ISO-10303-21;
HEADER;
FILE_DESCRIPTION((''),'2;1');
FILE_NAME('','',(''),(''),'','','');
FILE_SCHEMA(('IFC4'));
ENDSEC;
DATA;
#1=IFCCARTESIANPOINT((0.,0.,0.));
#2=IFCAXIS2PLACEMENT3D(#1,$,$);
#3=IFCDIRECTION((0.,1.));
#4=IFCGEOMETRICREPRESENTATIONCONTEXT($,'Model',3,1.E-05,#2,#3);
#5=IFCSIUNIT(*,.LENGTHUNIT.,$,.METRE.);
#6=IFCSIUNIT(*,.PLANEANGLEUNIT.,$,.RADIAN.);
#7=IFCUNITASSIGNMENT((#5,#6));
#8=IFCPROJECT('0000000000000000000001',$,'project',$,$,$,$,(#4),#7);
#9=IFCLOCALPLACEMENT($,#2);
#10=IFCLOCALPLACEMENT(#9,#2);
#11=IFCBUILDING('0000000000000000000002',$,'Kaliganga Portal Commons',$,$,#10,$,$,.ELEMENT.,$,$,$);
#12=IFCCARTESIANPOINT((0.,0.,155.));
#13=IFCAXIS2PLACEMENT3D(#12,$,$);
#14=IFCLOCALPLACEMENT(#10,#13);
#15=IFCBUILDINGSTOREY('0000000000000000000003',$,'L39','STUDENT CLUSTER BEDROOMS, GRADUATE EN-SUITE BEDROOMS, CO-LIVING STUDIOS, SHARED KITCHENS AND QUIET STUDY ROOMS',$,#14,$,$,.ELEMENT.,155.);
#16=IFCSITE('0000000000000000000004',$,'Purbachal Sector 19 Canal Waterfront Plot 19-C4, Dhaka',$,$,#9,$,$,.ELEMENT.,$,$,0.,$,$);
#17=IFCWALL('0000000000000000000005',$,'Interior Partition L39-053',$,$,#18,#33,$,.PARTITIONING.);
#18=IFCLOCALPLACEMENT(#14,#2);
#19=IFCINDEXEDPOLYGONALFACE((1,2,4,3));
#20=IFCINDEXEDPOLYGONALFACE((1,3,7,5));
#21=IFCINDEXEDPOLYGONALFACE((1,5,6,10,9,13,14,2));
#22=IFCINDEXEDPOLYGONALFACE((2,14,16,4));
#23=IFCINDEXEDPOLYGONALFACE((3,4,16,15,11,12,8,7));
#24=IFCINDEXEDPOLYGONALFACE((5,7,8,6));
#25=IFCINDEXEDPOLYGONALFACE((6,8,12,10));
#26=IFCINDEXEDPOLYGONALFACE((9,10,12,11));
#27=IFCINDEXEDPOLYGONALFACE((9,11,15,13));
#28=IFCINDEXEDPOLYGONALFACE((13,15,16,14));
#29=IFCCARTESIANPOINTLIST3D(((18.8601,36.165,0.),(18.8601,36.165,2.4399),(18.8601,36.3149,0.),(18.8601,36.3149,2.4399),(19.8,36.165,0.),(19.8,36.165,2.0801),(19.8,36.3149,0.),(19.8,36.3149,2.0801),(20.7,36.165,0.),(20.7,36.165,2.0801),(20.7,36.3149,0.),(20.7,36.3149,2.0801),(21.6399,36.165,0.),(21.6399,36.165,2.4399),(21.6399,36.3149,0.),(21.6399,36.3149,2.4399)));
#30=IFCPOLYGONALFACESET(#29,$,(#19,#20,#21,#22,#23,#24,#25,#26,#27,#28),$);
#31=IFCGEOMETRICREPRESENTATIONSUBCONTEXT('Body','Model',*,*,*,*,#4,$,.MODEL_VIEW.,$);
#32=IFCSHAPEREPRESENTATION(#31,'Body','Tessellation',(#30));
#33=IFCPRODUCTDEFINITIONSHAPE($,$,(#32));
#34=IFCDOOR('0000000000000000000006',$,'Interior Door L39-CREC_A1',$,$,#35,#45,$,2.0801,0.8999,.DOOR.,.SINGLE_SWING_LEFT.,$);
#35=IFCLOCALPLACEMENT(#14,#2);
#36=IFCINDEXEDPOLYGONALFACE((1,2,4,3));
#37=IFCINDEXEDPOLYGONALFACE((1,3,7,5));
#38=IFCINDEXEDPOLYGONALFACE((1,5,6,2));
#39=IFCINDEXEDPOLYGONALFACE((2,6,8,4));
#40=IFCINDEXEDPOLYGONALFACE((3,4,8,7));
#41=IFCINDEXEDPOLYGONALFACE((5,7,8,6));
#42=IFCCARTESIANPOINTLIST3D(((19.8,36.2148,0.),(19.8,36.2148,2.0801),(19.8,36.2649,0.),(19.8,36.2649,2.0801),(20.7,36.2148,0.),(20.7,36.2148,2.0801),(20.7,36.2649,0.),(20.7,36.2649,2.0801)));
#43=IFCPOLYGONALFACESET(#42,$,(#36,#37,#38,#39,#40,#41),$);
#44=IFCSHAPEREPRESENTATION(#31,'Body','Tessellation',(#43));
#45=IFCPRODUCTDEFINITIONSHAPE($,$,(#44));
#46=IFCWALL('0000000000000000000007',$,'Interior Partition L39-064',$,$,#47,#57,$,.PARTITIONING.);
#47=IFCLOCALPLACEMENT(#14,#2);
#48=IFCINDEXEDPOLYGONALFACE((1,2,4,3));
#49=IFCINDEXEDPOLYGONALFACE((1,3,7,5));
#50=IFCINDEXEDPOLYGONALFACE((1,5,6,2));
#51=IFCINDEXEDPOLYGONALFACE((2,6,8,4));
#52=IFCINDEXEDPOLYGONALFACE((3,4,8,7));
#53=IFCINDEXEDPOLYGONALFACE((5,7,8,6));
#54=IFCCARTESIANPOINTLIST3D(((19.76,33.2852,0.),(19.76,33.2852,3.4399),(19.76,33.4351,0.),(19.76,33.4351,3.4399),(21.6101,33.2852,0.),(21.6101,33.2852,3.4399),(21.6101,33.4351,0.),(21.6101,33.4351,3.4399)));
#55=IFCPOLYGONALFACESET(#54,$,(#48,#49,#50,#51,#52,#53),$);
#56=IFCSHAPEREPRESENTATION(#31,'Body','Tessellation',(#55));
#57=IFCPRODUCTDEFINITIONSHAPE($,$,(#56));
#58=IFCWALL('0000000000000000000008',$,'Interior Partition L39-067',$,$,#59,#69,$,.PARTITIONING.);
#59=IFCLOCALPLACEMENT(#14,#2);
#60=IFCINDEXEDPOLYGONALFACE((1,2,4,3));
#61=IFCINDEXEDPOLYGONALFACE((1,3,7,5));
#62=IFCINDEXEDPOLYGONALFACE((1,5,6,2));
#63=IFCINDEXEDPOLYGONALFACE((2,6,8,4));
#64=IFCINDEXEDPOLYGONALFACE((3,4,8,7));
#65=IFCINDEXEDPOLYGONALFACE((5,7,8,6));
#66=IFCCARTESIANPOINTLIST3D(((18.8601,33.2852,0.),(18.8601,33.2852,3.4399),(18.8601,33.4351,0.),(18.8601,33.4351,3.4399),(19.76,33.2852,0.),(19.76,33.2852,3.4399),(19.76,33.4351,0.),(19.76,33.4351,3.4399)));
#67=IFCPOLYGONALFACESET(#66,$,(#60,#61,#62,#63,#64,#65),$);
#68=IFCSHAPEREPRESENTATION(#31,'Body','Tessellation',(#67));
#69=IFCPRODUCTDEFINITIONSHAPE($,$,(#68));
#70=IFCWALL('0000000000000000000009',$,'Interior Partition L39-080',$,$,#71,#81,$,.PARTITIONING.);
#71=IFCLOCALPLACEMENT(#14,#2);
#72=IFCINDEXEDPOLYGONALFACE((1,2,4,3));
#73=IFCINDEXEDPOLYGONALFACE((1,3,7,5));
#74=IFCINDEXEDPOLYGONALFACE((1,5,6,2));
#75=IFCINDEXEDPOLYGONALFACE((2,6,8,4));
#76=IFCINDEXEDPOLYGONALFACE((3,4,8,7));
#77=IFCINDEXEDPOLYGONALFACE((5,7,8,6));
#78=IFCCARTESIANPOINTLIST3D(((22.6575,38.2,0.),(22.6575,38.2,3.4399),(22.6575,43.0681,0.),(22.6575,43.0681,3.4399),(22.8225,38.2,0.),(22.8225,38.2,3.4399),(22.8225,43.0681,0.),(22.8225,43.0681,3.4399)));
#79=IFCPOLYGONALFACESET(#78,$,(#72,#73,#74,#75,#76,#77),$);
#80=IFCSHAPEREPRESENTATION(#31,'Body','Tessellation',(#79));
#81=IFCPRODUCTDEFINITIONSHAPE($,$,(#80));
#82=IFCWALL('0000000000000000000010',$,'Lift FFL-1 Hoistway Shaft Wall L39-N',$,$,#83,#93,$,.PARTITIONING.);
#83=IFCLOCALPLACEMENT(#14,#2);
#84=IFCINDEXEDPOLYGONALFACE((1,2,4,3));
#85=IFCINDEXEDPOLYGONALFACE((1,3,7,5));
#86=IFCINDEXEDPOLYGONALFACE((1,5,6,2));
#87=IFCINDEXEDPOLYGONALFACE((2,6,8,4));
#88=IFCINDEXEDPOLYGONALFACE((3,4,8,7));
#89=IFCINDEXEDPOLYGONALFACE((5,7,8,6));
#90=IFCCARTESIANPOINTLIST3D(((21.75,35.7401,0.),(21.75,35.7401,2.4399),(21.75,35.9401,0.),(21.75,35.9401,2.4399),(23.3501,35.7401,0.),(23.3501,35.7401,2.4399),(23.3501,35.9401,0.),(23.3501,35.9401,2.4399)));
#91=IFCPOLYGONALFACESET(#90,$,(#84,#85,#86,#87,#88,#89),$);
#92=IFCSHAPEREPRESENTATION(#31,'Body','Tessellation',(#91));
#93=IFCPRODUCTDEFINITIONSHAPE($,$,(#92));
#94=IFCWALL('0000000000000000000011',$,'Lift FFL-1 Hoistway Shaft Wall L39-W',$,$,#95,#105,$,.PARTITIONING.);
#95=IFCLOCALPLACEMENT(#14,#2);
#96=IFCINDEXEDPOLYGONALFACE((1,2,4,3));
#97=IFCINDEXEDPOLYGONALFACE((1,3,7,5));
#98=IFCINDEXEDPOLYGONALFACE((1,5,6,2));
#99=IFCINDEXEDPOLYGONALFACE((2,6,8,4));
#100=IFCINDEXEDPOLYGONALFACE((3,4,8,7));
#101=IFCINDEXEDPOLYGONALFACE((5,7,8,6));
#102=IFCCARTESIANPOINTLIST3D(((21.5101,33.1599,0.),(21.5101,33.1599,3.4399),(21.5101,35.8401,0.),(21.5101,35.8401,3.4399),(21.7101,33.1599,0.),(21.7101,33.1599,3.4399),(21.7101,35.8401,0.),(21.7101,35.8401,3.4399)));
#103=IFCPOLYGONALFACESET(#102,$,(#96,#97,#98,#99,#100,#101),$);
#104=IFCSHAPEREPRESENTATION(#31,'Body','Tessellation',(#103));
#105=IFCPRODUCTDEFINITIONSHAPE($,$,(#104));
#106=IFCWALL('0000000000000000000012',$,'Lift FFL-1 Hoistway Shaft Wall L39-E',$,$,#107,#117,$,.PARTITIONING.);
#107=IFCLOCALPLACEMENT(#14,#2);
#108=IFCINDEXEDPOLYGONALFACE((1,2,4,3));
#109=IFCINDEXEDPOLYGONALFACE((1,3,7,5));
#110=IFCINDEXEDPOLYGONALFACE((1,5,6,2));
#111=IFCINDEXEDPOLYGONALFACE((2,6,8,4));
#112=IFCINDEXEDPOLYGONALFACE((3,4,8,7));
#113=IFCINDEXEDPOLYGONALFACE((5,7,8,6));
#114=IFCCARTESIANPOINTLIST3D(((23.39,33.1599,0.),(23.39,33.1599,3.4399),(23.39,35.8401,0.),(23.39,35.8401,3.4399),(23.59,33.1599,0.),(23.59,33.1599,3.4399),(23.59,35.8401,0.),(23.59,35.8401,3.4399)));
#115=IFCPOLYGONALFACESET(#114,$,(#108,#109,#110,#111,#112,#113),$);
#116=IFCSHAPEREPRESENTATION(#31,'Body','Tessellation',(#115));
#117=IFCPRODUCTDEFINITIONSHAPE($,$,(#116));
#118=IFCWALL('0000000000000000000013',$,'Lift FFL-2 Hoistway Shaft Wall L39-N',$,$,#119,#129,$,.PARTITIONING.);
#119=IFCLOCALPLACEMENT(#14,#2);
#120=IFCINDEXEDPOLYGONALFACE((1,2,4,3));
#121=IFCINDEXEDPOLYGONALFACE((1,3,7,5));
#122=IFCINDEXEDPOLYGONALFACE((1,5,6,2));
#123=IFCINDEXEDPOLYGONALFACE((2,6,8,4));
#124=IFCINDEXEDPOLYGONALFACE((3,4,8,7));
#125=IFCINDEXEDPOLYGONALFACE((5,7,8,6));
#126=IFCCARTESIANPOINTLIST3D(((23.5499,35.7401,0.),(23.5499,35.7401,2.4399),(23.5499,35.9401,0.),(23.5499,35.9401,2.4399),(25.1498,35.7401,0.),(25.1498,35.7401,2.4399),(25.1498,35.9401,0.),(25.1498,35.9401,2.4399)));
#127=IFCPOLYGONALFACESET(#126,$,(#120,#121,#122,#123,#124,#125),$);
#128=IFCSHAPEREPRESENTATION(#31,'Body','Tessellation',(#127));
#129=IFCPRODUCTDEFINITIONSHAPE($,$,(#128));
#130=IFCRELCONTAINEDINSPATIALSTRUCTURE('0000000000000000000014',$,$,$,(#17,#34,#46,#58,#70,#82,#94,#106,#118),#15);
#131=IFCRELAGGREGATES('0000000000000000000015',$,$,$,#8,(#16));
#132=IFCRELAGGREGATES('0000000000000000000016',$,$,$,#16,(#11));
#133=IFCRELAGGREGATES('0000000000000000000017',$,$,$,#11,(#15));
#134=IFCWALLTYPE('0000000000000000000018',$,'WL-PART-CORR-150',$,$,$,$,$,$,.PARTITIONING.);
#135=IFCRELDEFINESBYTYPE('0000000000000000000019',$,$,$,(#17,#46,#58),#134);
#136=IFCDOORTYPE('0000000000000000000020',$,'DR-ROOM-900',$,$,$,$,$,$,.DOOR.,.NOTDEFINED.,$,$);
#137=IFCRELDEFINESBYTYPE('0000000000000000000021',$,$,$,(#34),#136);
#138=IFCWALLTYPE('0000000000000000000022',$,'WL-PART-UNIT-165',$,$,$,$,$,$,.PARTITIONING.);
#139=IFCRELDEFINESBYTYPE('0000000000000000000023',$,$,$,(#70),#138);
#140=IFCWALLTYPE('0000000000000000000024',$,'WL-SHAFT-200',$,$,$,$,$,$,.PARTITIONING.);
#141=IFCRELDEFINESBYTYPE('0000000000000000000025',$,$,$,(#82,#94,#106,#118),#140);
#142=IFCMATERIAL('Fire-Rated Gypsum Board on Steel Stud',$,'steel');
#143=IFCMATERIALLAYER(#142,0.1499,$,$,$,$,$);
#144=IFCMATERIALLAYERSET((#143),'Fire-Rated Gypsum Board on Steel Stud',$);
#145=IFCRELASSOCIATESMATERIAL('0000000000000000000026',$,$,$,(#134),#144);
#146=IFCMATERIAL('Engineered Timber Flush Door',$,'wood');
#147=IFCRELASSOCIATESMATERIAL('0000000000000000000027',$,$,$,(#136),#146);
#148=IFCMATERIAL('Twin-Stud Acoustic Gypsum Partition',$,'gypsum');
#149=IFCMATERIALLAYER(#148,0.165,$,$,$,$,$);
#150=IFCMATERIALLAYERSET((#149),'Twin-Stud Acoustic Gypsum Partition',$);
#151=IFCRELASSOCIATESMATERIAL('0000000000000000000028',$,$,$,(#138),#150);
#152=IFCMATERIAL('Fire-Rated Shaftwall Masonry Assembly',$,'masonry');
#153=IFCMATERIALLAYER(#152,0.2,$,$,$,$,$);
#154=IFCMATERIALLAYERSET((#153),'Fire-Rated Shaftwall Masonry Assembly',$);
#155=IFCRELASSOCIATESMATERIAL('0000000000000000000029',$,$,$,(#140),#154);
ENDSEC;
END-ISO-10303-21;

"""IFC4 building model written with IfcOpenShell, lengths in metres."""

from ifc_helpers import new_model, si_unit, direction, frame, frame_2d, origin, place, context, subcontext, project, spatial, rectangle, extrude, material, layer, layer_set, type_object, element, fill, save


model = new_model("IFC4")

# Units and contexts
model_context = context("Model", 3, precision=1e-05, world=origin(), true_north=direction((0.0, 1.0)))
body_context = subcontext(model_context, "Body", "Model", "MODEL_VIEW")
ifc_project = project(units=[si_unit("LENGTHUNIT", "METRE"), si_unit("PLANEANGLEUNIT", "RADIAN")], contexts=[model_context])

# Site, building, storey
site_placement = place(None, origin())
site = spatial("IfcSite", under=ifc_project, at=site_placement, Name="Purbachal Sector 19 Canal Waterfront Plot 19-C4, Dhaka", CompositionType="ELEMENT", RefElevation=0.0)
building_placement = place(site_placement, origin())
building = spatial("IfcBuilding", under=site, at=building_placement, Name="Kaliganga Portal Commons", CompositionType="ELEMENT")
storey_placement = place(building_placement, frame((0.0, 0.0, 155.0)))
storey = spatial("IfcBuildingStorey", under=building, at=storey_placement, Name="L39", Description="STUDENT CLUSTER BEDROOMS, GRADUATE EN-SUITE BEDROOMS, CO-LIVING STUDIOS, SHARED KITCHENS AND QUIET STUDY ROOMS", CompositionType="ELEMENT", Elevation=155.0)

# Shared definitions
ifc_material_1 = material(Name="Fire-Rated Gypsum Board on Steel Stud", Category="steel")
ifc_layer_1 = layer(ifc_material_1, 0.1499)
ifc_layer_set_1 = layer_set([ifc_layer_1], Name="Fire-Rated Gypsum Board on Steel Stud")
wall_type_1 = type_object("IfcWallType", Name="WL-PART-CORR-150", PredefinedType="PARTITIONING", material=ifc_layer_set_1)
ifc_material_2 = material(Name="Engineered Timber Flush Door", Category="wood")
door_type_1 = type_object("IfcDoorType", Name="DR-ROOM-900", OperationType="NOTDEFINED", PredefinedType="DOOR", material=ifc_material_2)

# Wall, opening, door
wall_1_placement = place(storey_placement, frame((18.8601, 36.24, 0.0), z_axis=(0.0, 0.0, 1.0), x_axis=(1.0, 0.0, 0.0)))
wall_1 = element("IfcWall", 1, at=wall_1_placement, inside=storey, type_object=wall_type_1, Name="Interior Partition L39-053", PredefinedType="PARTITIONING", context=body_context, shape_type="SweptSolid", body=[
    extrude(rectangle(XDim=2.7798, YDim=0.1499, at=frame_2d((1.3899, 0.0))), origin(), (0.0, 0.0, 1.0), 2.4399),
])
opening_1_placement = place(wall_1_placement, frame((0.9399, 0.0, 0.0)))
opening_1 = element("IfcOpeningElement", 2, at=opening_1_placement, cuts=wall_1, PredefinedType="OPENING", context=body_context, shape_type="SweptSolid", body=[
    extrude(rectangle(XDim=0.8999, YDim=2.0801, at=frame_2d((0.45, 1.04))), frame((0.0, 0.085, 0.0), z_axis=(0.0, -1.0, 0.0), x_axis=(1.0, 0.0, 0.0)), (0.0, 0.0, 1.0), 0.1699),
])
door_1_placement = place(opening_1_placement, origin())
door_1 = element("IfcDoor", 3, at=door_1_placement, inside=storey, type_object=door_type_1, Name="Interior Door L39-CREC_A1", OperationType="SINGLE_SWING_LEFT", OverallHeight=2.0801, OverallWidth=0.8999, PredefinedType="DOOR", context=body_context, shape_type="SweptSolid", body=[
    extrude(rectangle(XDim=0.8999, YDim=2.0801, at=frame_2d((0.45, 1.04))), frame((0.0, 0.0249, 0.0), z_axis=(0.0, -1.0, 0.0), x_axis=(1.0, 0.0, 0.0)), (0.0, 0.0, 1.0), 0.05),
])
fill(opening_1, door_1)

# Walls
wall_2_placement = place(storey_placement, frame((19.76, 33.3601, 0.0), z_axis=(0.0, 0.0, 1.0), x_axis=(1.0, 0.0, 0.0)))
element("IfcWall", 4, at=wall_2_placement, inside=storey, type_object=wall_type_1, Name="Interior Partition L39-064", PredefinedType="PARTITIONING", context=body_context, shape_type="SweptSolid", body=[
    extrude(rectangle(XDim=1.8501, YDim=0.1499, at=frame_2d((0.925, 0.0))), origin(), (0.0, 0.0, 1.0), 3.4399),
])
wall_3_placement = place(storey_placement, frame((18.8601, 33.3601, 0.0), z_axis=(0.0, 0.0, 1.0), x_axis=(1.0, 0.0, 0.0)))
element("IfcWall", 5, at=wall_3_placement, inside=storey, type_object=wall_type_1, Name="Interior Partition L39-067", PredefinedType="PARTITIONING", context=body_context, shape_type="SweptSolid", body=[
    extrude(rectangle(XDim=0.8999, YDim=0.1499, at=frame_2d((0.45, 0.0))), origin(), (0.0, 0.0, 1.0), 3.4399),
])
ifc_material_3 = material(Name="Twin-Stud Acoustic Gypsum Partition", Category="gypsum")
ifc_layer_2 = layer(ifc_material_3, 0.165)
ifc_layer_set_2 = layer_set([ifc_layer_2], Name="Twin-Stud Acoustic Gypsum Partition")
wall_type_2 = type_object("IfcWallType", Name="WL-PART-UNIT-165", PredefinedType="PARTITIONING", material=ifc_layer_set_2)
wall_4_placement = place(storey_placement, frame((22.74, 38.2, 0.0), z_axis=(0.0, 0.0, 1.0), x_axis=(0.0, 1.0, 0.0)))
element("IfcWall", 6, at=wall_4_placement, inside=storey, type_object=wall_type_2, Name="Interior Partition L39-080", PredefinedType="PARTITIONING", context=body_context, shape_type="SweptSolid", body=[
    extrude(rectangle(XDim=4.8682, YDim=0.165, at=frame_2d((2.4341, 0.0))), origin(), (0.0, 0.0, 1.0), 3.4399),
])

# Shared definitions
ifc_material_4 = material(Name="Fire-Rated Shaftwall Masonry Assembly", Category="masonry")
ifc_layer_3 = layer(ifc_material_4, 0.2)
ifc_layer_set_3 = layer_set([ifc_layer_3], Name="Fire-Rated Shaftwall Masonry Assembly")
wall_type_3 = type_object("IfcWallType", Name="WL-SHAFT-200", PredefinedType="PARTITIONING", material=ifc_layer_set_3)

# Walls
wall_5_placement = place(storey_placement, frame((21.75, 35.8401, 0.0), z_axis=(0.0, 0.0, 1.0), x_axis=(1.0, 0.0, 0.0)))
element("IfcWall", 7, at=wall_5_placement, inside=storey, type_object=wall_type_3, Name="Lift FFL-1 Hoistway Shaft Wall L39-N", PredefinedType="PARTITIONING", context=body_context, shape_type="SweptSolid", body=[
    extrude(rectangle(XDim=1.6001, YDim=0.2, at=frame_2d((0.8, 0.0))), origin(), (0.0, 0.0, 1.0), 2.4399),
])
for number, where, z_axis, x_axis, name in (
    (8, (21.6101, 33.1599, 0.0), (0.0, 0.0, 1.0), (0.0, 1.0, 0.0), "Lift FFL-1 Hoistway Shaft Wall L39-W"),
    (9, (23.49, 33.1599, 0.0), (0.0, 0.0, 1.0), (0.0, 1.0, 0.0), "Lift FFL-1 Hoistway Shaft Wall L39-E"),
):
    element("IfcWall", number, at=place(storey_placement, frame(where, z_axis=z_axis, x_axis=x_axis)), inside=storey, type_object=wall_type_3, Name=name, PredefinedType="PARTITIONING", context=body_context, shape_type="SweptSolid", body=[
        extrude(rectangle(XDim=2.6802, YDim=0.2, at=frame_2d((1.3401, 0.0))), origin(), (0.0, 0.0, 1.0), 3.4399),
    ])

# Wall
wall_6_placement = place(storey_placement, frame((23.55, 35.8401, 0.0), z_axis=(0.0, 0.0, 1.0), x_axis=(1.0, 0.0, 0.0)))
element("IfcWall", 10, at=wall_6_placement, inside=storey, type_object=wall_type_3, Name="Lift FFL-2 Hoistway Shaft Wall L39-N", PredefinedType="PARTITIONING", context=body_context, shape_type="SweptSolid", body=[
    extrude(rectangle(XDim=1.5999, YDim=0.2, at=frame_2d((0.7998, 0.0))), origin(), (0.0, 0.0, 1.0), 2.4399),
])

save(model, "model.ifc")
